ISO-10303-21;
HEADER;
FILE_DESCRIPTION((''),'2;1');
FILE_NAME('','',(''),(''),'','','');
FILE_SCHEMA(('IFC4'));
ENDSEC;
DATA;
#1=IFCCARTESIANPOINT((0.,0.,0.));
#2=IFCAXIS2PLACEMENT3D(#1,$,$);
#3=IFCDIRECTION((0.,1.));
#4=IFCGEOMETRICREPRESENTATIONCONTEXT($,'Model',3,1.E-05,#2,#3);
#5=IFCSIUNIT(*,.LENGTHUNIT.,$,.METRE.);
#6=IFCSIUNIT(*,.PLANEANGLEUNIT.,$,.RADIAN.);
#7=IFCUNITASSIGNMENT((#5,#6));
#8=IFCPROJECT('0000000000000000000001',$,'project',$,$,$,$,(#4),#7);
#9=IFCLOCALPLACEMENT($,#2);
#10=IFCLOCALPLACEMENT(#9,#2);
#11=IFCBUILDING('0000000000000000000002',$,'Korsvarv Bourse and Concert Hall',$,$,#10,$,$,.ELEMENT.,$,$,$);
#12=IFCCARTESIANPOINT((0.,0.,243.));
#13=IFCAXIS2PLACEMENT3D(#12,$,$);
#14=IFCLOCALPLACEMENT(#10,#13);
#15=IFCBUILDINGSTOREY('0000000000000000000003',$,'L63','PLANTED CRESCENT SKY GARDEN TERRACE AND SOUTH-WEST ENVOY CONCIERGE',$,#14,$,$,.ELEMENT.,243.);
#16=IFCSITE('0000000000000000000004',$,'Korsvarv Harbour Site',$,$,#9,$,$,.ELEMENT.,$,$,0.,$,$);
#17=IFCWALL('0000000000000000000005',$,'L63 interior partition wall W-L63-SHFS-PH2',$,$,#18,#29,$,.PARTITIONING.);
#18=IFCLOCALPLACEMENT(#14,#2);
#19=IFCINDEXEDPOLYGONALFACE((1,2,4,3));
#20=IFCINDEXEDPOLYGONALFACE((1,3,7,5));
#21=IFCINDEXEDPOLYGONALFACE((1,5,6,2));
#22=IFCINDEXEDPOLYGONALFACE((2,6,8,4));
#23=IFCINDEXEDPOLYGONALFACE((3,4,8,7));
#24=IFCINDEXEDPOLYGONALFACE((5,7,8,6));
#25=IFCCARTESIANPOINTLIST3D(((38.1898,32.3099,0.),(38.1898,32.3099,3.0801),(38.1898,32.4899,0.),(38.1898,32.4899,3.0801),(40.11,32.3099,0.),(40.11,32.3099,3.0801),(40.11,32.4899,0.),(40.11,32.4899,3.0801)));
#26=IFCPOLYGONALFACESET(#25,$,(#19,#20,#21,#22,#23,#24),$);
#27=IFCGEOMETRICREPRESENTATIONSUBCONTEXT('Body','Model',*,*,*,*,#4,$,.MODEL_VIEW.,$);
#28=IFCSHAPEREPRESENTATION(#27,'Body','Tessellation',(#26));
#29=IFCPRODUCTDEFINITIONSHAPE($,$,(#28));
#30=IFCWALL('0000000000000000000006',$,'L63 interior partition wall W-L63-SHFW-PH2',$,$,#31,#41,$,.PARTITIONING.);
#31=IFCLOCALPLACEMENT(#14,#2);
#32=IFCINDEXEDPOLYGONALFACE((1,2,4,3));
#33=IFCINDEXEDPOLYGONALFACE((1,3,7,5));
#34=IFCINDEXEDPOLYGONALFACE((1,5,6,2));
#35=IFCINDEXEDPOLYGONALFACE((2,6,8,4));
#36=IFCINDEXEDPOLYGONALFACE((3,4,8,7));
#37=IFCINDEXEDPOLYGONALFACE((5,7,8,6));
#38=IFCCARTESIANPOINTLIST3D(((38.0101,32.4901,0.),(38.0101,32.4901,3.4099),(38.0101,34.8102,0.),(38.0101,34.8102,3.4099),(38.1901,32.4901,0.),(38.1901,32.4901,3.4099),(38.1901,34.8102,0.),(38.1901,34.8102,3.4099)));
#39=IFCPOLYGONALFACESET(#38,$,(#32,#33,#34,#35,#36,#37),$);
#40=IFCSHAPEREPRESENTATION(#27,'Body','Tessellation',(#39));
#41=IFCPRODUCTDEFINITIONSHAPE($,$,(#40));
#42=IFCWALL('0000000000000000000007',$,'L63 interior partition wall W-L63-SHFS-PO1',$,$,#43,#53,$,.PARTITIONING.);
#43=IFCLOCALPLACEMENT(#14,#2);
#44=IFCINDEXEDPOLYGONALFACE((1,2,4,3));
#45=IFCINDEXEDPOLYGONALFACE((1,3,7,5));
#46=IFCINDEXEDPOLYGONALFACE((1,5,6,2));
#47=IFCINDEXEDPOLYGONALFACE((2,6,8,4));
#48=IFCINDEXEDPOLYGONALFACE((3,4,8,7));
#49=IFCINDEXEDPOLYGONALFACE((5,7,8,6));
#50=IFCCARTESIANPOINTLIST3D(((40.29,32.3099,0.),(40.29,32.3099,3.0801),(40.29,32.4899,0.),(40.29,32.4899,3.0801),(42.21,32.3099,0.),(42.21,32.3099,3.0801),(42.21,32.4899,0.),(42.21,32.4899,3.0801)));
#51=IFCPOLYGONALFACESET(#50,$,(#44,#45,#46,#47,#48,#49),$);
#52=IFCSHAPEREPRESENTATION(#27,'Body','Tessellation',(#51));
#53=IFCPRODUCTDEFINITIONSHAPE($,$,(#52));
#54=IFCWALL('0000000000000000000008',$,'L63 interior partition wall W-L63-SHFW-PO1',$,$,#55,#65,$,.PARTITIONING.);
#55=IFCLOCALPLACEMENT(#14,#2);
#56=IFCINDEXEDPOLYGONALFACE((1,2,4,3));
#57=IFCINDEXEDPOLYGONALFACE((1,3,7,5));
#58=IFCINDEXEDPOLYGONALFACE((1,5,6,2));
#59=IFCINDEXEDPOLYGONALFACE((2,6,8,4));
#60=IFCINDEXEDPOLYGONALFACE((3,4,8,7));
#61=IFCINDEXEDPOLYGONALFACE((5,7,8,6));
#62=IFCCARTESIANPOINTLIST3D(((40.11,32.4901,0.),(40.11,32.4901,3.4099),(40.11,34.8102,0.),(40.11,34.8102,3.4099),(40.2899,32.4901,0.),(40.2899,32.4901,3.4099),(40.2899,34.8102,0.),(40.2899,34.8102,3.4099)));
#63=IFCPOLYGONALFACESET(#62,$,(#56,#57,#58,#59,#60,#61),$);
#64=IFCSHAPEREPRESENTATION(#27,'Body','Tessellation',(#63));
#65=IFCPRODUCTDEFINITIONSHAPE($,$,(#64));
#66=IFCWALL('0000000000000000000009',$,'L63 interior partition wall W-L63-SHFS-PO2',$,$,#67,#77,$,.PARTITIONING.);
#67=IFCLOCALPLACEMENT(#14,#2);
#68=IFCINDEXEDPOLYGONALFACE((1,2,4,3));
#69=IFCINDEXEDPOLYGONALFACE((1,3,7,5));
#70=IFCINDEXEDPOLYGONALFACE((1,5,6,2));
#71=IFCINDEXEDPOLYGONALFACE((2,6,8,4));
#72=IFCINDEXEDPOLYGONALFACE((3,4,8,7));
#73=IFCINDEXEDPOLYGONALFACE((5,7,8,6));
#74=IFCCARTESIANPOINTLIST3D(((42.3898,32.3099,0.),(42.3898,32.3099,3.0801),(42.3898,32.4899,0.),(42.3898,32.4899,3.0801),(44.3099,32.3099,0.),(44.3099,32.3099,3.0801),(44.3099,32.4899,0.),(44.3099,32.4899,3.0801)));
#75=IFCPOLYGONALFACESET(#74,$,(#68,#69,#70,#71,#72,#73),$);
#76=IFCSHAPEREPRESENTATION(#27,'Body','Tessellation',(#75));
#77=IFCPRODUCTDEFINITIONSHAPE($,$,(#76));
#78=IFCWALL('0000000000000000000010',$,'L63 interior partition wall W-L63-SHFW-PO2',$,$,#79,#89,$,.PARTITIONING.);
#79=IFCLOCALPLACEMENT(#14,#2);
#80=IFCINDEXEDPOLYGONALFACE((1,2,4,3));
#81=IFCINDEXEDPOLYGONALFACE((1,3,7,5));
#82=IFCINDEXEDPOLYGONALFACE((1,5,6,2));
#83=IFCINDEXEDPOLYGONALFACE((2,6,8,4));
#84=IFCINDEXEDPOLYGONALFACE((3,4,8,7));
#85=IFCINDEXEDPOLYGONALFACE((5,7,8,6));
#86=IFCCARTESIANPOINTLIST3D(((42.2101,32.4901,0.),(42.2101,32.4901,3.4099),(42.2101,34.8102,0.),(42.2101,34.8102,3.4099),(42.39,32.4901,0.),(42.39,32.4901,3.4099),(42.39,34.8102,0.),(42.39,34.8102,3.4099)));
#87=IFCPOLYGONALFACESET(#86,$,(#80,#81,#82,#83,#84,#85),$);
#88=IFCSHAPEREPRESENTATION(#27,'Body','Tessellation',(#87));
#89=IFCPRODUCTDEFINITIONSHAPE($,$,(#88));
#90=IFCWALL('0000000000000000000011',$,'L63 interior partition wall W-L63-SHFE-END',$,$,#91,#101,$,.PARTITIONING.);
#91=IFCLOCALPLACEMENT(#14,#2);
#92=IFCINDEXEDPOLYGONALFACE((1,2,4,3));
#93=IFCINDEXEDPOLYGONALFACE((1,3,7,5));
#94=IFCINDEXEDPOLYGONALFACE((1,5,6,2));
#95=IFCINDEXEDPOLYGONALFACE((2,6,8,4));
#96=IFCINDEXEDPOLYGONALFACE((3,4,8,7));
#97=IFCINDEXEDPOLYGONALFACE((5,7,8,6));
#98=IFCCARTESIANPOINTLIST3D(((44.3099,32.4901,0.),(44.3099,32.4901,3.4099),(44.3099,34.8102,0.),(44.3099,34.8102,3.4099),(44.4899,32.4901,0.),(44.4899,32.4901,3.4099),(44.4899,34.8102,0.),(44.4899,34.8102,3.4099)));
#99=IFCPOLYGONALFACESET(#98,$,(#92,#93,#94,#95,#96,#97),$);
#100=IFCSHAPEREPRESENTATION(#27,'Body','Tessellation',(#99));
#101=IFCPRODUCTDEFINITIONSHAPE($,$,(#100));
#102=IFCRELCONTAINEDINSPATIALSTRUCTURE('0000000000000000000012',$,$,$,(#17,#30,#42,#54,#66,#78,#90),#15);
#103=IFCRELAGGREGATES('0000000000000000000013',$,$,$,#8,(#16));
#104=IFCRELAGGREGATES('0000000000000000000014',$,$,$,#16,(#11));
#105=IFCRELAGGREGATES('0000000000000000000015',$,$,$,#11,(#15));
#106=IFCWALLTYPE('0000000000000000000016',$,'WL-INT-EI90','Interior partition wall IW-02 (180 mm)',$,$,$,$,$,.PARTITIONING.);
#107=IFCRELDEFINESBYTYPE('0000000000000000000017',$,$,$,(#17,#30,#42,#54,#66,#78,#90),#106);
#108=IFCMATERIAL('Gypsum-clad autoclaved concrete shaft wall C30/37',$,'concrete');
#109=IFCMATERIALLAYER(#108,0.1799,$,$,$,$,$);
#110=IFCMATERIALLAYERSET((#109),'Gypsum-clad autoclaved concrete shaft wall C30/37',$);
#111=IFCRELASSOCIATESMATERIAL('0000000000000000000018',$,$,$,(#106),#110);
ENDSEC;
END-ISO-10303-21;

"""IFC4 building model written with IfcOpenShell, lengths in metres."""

from ifc_helpers import new_model, si_unit, direction, frame, frame_2d, origin, place, context, subcontext, project, spatial, rectangle, extrude, material, layer, layer_set, type_object, element, save


model = new_model("IFC4")

# Units and contexts
model_context = context("Model", 3, precision=1e-05, world=origin(), true_north=direction((0.0, 1.0)))
body_context = subcontext(model_context, "Body", "Model", "MODEL_VIEW")
ifc_project = project(units=[si_unit("LENGTHUNIT", "METRE"), si_unit("PLANEANGLEUNIT", "RADIAN")], contexts=[model_context])

# Site, building, storey
site_placement = place(None, origin())
site = spatial("IfcSite", under=ifc_project, at=site_placement, Name="Korsvarv Harbour Site", CompositionType="ELEMENT", RefElevation=0.0)
building_placement = place(site_placement, origin())
building = spatial("IfcBuilding", under=site, at=building_placement, Name="Korsvarv Bourse and Concert Hall", CompositionType="ELEMENT")
storey_placement = place(building_placement, frame((0.0, 0.0, 243.0)))
storey = spatial("IfcBuildingStorey", under=building, at=storey_placement, Name="L63", Description="PLANTED CRESCENT SKY GARDEN TERRACE AND SOUTH-WEST ENVOY CONCIERGE", CompositionType="ELEMENT", Elevation=243.0)

# Walls
ifc_material_1 = material(Name="Gypsum-clad autoclaved concrete shaft wall C30/37", Category="concrete")
ifc_layer_1 = layer(ifc_material_1, 0.1799)
ifc_layer_set_1 = layer_set([ifc_layer_1], Name="Gypsum-clad autoclaved concrete shaft wall C30/37")
wall_type_1 = type_object("IfcWallType", Name="WL-INT-EI90", Description="Interior partition wall IW-02 (180 mm)", PredefinedType="PARTITIONING", material=ifc_layer_set_1)
wall_1_placement = place(storey_placement, frame((38.1899, 32.3999, 0.0), z_axis=(0.0, 0.0, 1.0), x_axis=(1.0, 0.0, 0.0)))
element("IfcWall", 1, at=wall_1_placement, inside=storey, type_object=wall_type_1, Name="L63 interior partition wall W-L63-SHFS-PH2", PredefinedType="PARTITIONING", context=body_context, shape_type="SweptSolid", body=[
    extrude(rectangle(XDim=1.9202, YDim=0.1799, at=frame_2d((0.96, 0.0))), origin(), (0.0, 0.0, 1.0), 3.0801),
])
wall_2_placement = place(storey_placement, frame((38.1001, 32.49, 0.0), z_axis=(0.0, 0.0, 1.0), x_axis=(0.0, 1.0, 0.0)))
element("IfcWall", 2, at=wall_2_placement, inside=storey, type_object=wall_type_1, Name="L63 interior partition wall W-L63-SHFW-PH2", PredefinedType="PARTITIONING", context=body_context, shape_type="SweptSolid", body=[
    extrude(rectangle(XDim=2.3201, YDim=0.1799, at=frame_2d((1.1602, 0.0))), origin(), (0.0, 0.0, 1.0), 3.4099),
])
wall_3_placement = place(storey_placement, frame((40.29, 32.3999, 0.0), z_axis=(0.0, 0.0, 1.0), x_axis=(1.0, 0.0, 0.0)))
element("IfcWall", 3, at=wall_3_placement, inside=storey, type_object=wall_type_1, Name="L63 interior partition wall W-L63-SHFS-PO1", PredefinedType="PARTITIONING", context=body_context, shape_type="SweptSolid", body=[
    extrude(rectangle(XDim=1.9199, YDim=0.1799, at=frame_2d((0.96, 0.0))), origin(), (0.0, 0.0, 1.0), 3.0801),
])
wall_4_placement = place(storey_placement, frame((40.2, 32.49, 0.0), z_axis=(0.0, 0.0, 1.0), x_axis=(0.0, 1.0, 0.0)))
element("IfcWall", 4, at=wall_4_placement, inside=storey, type_object=wall_type_1, Name="L63 interior partition wall W-L63-SHFW-PO1", PredefinedType="PARTITIONING", context=body_context, shape_type="SweptSolid", body=[
    extrude(rectangle(XDim=2.3201, YDim=0.1799, at=frame_2d((1.1602, 0.0))), origin(), (0.0, 0.0, 1.0), 3.4099),
])
wall_5_placement = place(storey_placement, frame((42.3899, 32.3999, 0.0), z_axis=(0.0, 0.0, 1.0), x_axis=(1.0, 0.0, 0.0)))
element("IfcWall", 5, at=wall_5_placement, inside=storey, type_object=wall_type_1, Name="L63 interior partition wall W-L63-SHFS-PO2", PredefinedType="PARTITIONING", context=body_context, shape_type="SweptSolid", body=[
    extrude(rectangle(XDim=1.9202, YDim=0.1799, at=frame_2d((0.96, 0.0))), origin(), (0.0, 0.0, 1.0), 3.0801),
])
for number, where, z_axis, x_axis, name in (
    (6, (42.3, 32.49, 0.0), (0.0, 0.0, 1.0), (0.0, 1.0, 0.0), "L63 interior partition wall W-L63-SHFW-PO2"),
    (7, (44.3999, 32.49, 0.0), (0.0, 0.0, 1.0), (0.0, 1.0, 0.0), "L63 interior partition wall W-L63-SHFE-END"),
):
    element("IfcWall", number, at=place(storey_placement, frame(where, z_axis=z_axis, x_axis=x_axis)), inside=storey, type_object=wall_type_1, Name=name, PredefinedType="PARTITIONING", context=body_context, shape_type="SweptSolid", body=[
        extrude(rectangle(XDim=2.3201, YDim=0.1799, at=frame_2d((1.1602, 0.0))), origin(), (0.0, 0.0, 1.0), 3.4099),
    ])

save(model, "model.ifc")
